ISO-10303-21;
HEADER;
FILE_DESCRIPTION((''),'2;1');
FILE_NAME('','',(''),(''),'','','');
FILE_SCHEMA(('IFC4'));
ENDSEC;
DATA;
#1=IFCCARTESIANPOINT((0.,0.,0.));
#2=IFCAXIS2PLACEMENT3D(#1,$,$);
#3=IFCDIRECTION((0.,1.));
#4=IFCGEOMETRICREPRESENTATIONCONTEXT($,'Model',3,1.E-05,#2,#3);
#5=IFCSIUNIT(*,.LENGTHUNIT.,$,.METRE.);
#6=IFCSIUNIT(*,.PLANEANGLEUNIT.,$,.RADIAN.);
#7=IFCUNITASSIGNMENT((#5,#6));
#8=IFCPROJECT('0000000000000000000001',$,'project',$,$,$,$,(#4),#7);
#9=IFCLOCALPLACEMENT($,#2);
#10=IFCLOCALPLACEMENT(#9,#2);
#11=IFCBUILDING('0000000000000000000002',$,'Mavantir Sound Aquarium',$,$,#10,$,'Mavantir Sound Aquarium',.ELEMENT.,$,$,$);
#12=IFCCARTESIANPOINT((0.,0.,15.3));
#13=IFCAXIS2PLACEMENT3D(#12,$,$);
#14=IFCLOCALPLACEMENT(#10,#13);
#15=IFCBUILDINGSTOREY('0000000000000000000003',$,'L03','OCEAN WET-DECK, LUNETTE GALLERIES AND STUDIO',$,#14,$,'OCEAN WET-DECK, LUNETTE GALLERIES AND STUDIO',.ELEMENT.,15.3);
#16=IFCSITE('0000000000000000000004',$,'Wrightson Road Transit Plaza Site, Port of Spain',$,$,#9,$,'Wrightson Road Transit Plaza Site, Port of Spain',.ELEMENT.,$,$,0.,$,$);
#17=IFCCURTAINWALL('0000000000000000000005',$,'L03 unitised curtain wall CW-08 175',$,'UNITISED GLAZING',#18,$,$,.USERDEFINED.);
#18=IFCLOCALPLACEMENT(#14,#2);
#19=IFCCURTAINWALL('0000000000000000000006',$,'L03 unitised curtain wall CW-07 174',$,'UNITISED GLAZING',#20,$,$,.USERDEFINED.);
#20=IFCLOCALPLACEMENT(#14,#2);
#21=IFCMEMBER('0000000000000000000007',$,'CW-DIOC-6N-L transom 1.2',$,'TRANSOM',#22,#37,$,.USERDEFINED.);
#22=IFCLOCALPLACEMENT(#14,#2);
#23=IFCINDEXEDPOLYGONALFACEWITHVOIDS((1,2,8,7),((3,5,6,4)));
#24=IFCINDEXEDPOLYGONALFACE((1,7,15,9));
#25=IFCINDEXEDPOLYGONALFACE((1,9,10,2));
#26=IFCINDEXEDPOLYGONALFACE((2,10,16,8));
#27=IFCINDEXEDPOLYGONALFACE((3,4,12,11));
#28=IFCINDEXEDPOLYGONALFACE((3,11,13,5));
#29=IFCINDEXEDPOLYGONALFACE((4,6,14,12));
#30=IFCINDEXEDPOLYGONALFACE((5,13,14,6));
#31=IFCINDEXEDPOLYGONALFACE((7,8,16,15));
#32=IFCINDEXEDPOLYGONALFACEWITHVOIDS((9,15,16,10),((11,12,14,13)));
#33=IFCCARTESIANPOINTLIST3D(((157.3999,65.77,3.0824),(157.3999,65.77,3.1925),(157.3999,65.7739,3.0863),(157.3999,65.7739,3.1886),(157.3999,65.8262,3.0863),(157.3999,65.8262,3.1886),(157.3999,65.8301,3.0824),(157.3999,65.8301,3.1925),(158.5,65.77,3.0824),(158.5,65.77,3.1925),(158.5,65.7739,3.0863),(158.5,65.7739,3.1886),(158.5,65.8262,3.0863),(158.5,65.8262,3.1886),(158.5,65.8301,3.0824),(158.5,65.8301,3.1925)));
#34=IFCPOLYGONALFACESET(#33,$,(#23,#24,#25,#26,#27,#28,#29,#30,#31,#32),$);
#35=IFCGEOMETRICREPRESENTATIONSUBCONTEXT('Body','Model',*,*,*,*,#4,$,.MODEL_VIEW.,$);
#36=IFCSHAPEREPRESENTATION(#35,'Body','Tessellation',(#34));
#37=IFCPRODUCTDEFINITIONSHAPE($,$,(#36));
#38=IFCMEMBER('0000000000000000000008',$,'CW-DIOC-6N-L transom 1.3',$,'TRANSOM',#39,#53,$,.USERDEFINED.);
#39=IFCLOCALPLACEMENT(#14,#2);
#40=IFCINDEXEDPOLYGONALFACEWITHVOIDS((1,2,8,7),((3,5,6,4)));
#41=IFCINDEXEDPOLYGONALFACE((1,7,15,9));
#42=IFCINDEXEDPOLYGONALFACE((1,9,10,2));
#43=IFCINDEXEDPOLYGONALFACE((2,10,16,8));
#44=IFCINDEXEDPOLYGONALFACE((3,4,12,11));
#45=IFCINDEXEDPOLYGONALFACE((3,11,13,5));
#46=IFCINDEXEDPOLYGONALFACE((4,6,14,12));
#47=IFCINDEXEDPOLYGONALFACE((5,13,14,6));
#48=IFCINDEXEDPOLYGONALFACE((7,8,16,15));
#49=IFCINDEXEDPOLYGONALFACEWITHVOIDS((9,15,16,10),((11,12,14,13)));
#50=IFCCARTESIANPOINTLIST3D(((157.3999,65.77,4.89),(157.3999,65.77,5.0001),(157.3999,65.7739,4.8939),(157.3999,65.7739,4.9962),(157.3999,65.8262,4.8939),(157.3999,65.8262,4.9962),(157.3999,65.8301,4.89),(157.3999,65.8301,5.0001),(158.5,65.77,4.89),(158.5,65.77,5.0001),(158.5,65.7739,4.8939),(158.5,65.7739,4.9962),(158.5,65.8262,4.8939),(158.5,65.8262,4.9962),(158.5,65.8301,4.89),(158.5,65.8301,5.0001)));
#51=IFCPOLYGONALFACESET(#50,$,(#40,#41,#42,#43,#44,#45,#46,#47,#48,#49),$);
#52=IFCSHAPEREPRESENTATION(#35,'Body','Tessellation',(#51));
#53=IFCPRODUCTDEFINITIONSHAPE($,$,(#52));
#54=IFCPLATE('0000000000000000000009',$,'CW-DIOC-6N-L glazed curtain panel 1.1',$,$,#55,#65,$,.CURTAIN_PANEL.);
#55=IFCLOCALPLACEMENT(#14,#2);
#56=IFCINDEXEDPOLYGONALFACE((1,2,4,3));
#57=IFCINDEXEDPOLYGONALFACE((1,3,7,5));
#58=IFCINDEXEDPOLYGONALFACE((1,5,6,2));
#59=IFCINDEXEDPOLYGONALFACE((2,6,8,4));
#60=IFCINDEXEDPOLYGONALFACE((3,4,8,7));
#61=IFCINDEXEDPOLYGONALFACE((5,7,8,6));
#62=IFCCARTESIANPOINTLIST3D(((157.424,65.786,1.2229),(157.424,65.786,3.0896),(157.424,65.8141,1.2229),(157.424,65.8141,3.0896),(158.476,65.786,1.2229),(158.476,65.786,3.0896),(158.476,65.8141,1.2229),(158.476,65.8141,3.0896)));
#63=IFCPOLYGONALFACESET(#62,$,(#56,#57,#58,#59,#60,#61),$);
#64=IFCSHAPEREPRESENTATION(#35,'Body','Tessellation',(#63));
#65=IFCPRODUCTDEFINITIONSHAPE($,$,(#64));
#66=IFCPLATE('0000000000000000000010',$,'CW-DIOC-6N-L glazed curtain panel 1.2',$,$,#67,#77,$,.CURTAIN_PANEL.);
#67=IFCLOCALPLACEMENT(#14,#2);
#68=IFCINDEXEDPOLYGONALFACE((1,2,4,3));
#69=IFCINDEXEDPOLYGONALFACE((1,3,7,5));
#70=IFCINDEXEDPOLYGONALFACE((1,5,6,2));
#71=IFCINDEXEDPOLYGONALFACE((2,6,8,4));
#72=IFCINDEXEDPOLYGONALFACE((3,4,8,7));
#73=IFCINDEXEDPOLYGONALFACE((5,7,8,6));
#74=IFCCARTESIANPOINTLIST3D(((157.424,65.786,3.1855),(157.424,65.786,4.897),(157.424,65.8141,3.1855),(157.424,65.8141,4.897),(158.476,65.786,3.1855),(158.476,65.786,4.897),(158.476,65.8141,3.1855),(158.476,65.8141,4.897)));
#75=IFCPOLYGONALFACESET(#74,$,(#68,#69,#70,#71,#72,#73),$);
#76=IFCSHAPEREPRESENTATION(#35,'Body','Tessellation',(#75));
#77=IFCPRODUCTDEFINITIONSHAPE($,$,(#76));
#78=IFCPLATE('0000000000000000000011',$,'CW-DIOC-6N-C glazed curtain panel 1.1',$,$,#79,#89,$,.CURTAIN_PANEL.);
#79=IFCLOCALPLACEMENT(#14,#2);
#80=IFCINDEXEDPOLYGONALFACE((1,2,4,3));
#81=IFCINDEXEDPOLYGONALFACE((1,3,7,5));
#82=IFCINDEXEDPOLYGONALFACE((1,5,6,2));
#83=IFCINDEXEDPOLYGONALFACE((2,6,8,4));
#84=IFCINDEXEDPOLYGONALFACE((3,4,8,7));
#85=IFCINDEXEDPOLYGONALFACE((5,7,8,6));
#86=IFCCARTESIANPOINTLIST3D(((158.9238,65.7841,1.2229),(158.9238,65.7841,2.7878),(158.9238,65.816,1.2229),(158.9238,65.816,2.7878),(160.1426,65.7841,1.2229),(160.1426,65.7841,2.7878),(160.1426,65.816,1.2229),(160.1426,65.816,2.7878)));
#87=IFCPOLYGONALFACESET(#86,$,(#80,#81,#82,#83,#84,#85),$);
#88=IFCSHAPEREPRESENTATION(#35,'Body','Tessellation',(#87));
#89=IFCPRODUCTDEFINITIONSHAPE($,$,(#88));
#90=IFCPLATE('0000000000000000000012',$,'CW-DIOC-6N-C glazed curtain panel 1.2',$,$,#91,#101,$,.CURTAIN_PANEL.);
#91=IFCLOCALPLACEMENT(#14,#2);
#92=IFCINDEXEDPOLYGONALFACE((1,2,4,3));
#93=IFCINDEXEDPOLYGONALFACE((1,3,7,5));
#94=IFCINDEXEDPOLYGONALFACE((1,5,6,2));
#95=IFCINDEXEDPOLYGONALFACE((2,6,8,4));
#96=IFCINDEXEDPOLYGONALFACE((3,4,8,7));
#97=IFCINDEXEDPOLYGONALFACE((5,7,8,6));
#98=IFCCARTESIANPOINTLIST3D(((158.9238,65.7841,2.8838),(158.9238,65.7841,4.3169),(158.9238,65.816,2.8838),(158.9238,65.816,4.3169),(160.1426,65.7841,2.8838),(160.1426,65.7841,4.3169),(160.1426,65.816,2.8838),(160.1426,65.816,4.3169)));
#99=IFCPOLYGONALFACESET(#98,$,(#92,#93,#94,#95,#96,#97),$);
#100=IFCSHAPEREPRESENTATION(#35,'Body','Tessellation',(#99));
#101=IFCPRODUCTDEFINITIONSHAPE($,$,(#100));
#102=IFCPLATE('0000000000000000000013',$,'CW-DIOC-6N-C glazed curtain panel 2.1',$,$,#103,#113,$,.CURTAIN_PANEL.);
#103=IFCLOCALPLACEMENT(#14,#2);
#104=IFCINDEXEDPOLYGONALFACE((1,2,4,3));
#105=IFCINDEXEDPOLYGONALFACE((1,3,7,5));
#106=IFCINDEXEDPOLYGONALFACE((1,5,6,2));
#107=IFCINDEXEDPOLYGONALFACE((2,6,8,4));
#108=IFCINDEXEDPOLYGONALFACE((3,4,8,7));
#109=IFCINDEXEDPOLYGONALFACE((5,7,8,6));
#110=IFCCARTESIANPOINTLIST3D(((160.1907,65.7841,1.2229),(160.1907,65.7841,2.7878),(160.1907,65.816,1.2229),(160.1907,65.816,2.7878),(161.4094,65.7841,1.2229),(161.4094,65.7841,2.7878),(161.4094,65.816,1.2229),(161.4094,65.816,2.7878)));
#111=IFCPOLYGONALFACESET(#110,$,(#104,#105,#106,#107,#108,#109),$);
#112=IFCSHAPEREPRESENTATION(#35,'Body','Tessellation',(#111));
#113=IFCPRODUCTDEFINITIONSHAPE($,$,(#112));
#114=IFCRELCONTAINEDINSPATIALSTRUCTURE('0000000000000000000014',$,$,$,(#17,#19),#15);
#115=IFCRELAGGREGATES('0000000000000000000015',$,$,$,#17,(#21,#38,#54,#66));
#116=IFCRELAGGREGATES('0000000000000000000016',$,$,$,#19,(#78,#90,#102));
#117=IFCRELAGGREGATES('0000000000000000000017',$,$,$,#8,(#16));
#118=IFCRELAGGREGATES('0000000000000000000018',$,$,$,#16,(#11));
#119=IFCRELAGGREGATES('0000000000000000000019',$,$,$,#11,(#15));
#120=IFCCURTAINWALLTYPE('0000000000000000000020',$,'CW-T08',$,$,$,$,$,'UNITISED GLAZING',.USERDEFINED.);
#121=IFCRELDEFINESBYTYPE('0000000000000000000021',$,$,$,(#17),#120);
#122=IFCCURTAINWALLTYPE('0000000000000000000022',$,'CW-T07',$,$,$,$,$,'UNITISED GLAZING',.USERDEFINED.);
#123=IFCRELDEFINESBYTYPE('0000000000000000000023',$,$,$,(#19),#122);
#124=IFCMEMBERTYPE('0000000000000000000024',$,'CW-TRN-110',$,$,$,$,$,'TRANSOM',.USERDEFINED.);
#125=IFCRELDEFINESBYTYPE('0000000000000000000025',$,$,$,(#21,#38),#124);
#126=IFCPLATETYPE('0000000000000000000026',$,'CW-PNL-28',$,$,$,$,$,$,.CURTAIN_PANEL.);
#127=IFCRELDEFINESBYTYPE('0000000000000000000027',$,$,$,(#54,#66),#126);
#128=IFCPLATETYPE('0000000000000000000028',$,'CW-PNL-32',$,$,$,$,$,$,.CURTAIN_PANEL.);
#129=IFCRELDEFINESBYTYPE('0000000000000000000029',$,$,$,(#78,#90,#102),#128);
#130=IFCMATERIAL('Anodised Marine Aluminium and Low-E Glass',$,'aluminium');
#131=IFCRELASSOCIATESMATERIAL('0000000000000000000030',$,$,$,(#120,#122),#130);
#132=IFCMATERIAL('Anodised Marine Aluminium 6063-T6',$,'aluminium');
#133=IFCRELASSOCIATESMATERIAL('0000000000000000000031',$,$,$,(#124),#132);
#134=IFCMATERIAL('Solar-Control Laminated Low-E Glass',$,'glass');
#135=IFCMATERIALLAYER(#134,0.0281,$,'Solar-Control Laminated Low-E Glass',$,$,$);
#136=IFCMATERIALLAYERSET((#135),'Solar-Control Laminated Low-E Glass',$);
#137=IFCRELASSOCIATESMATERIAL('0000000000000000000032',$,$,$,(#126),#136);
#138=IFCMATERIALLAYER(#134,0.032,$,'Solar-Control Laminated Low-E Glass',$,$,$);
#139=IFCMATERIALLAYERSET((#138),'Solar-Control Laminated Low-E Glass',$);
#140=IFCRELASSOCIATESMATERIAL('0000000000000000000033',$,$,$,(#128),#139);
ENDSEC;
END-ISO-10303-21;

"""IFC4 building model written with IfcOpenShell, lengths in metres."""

from ifc_helpers import new_model, si_unit, direction, frame, origin, origin_2d, place, context, subcontext, project, spatial, rectangle, hollow_rectangle, extrude, material, layer, layer_set, material_profile, profile_set, type_object, element, aggregate, save


model = new_model("IFC4")

# Units and contexts
model_context = context("Model", 3, precision=1e-05, world=origin(), true_north=direction((0.0, 1.0)))
body_context = subcontext(model_context, "Body", "Model", "MODEL_VIEW")
ifc_project = project(units=[si_unit("LENGTHUNIT", "METRE"), si_unit("PLANEANGLEUNIT", "RADIAN")], contexts=[model_context])

# Site, building, storey
site_placement = place(None, origin())
site = spatial("IfcSite", under=ifc_project, at=site_placement, Name="Wrightson Road Transit Plaza Site, Port of Spain", LongName="Wrightson Road Transit Plaza Site, Port of Spain", CompositionType="ELEMENT", RefElevation=0.0)
building_placement = place(site_placement, origin())
building = spatial("IfcBuilding", under=site, at=building_placement, Name="Mavantir Sound Aquarium", LongName="Mavantir Sound Aquarium", CompositionType="ELEMENT")
storey_placement = place(building_placement, frame((0.0, 0.0, 15.3)))
storey = spatial("IfcBuildingStorey", under=building, at=storey_placement, Name="L03", Description="OCEAN WET-DECK, LUNETTE GALLERIES AND STUDIO", LongName="OCEAN WET-DECK, LUNETTE GALLERIES AND STUDIO", CompositionType="ELEMENT", Elevation=15.3)

# Curtain walls
ifc_material_1 = material(Name="Anodised Marine Aluminium and Low-E Glass", Category="aluminium")
curtain_wall_type_1 = type_object("IfcCurtainWallType", Name="CW-T08", ElementType="UNITISED GLAZING", PredefinedType="USERDEFINED", material=ifc_material_1)
curtain_wall_1_placement = place(storey_placement, origin())
curtain_wall_1 = element("IfcCurtainWall", 1, at=curtain_wall_1_placement, inside=storey, type_object=curtain_wall_type_1, Name="L03 unitised curtain wall CW-08 175", ObjectType="UNITISED GLAZING", PredefinedType="USERDEFINED")
ifc_material_2 = material(Name="Anodised Marine Aluminium 6063-T6", Category="aluminium")
curtain_wall_type_2 = type_object("IfcCurtainWallType", Name="CW-T07", ElementType="UNITISED GLAZING", PredefinedType="USERDEFINED", material=ifc_material_1)
curtain_wall_2_placement = place(storey_placement, origin())
curtain_wall_2 = element("IfcCurtainWall", 2, at=curtain_wall_2_placement, inside=storey, type_object=curtain_wall_type_2, Name="L03 unitised curtain wall CW-07 174", ObjectType="UNITISED GLAZING", PredefinedType="USERDEFINED")
ifc_material_profile_1 = material_profile(ifc_material_2, hollow_rectangle(XDim=0.0601, YDim=0.1101, WallThickness=0.0039, at=origin_2d()), Name="ALU-TRANSOM-110X60")
ifc_profile_set_1 = profile_set([ifc_material_profile_1], Name="Anodised Marine Aluminium 6063-T6")
member_type_1 = type_object("IfcMemberType", Name="CW-TRN-110", ElementType="TRANSOM", PredefinedType="USERDEFINED", material=ifc_profile_set_1)

# Members
member_1_placement = place(storey_placement, frame((157.3999, 65.8, 3.1375), z_axis=(1.0, 0.0, 0.0), x_axis=(0.0, 1.0, 0.0)))
member_1 = element("IfcMember", 3, at=member_1_placement, type_object=member_type_1, Name="CW-DIOC-6N-L transom 1.2", ObjectType="TRANSOM", PredefinedType="USERDEFINED", context=body_context, shape_type="SweptSolid", body=[
    extrude(hollow_rectangle(XDim=0.0601, YDim=0.1101, WallThickness=0.0039, at=origin_2d()), origin(), (0.0, 0.0, 1.0), 1.1001),
])
member_2_placement = place(storey_placement, frame((157.3999, 65.8, 4.9451), z_axis=(1.0, 0.0, 0.0), x_axis=(0.0, 1.0, 0.0)))
member_2 = element("IfcMember", 4, at=member_2_placement, type_object=member_type_1, Name="CW-DIOC-6N-L transom 1.3", ObjectType="TRANSOM", PredefinedType="USERDEFINED", context=body_context, shape_type="SweptSolid", body=[
    extrude(hollow_rectangle(XDim=0.0601, YDim=0.1101, WallThickness=0.0039, at=origin_2d()), origin(), (0.0, 0.0, 1.0), 1.1001),
])

# Plates
ifc_material_3 = material(Name="Solar-Control Laminated Low-E Glass", Category="glass")
ifc_layer_1 = layer(ifc_material_3, 0.0281, Name="Solar-Control Laminated Low-E Glass")
ifc_layer_set_1 = layer_set([ifc_layer_1], Name="Solar-Control Laminated Low-E Glass")
plate_type_1 = type_object("IfcPlateType", Name="CW-PNL-28", PredefinedType="CURTAIN_PANEL", material=ifc_layer_set_1)
plate_1_placement = place(storey_placement, frame((157.95, 65.8, 1.2229), z_axis=(0.0, 0.0, 1.0), x_axis=(1.0, 0.0, 0.0)))
plate_1 = element("IfcPlate", 5, at=plate_1_placement, type_object=plate_type_1, Name="CW-DIOC-6N-L glazed curtain panel 1.1", PredefinedType="CURTAIN_PANEL", context=body_context, shape_type="SweptSolid", body=[
    extrude(rectangle(XDim=1.052, YDim=0.0281, at=origin_2d()), origin(), (0.0, 0.0, 1.0), 1.8667),
])
plate_2_placement = place(storey_placement, frame((157.95, 65.8, 3.1855), z_axis=(0.0, 0.0, 1.0), x_axis=(1.0, 0.0, 0.0)))
plate_2 = element("IfcPlate", 6, at=plate_2_placement, type_object=plate_type_1, Name="CW-DIOC-6N-L glazed curtain panel 1.2", PredefinedType="CURTAIN_PANEL", context=body_context, shape_type="SweptSolid", body=[
    extrude(rectangle(XDim=1.052, YDim=0.0281, at=origin_2d()), origin(), (0.0, 0.0, 1.0), 1.7114),
])
aggregate(curtain_wall_1, [member_1, member_2, plate_1, plate_2])
ifc_layer_2 = layer(ifc_material_3, 0.032, Name="Solar-Control Laminated Low-E Glass")
ifc_layer_set_2 = layer_set([ifc_layer_2], Name="Solar-Control Laminated Low-E Glass")
plate_type_2 = type_object("IfcPlateType", Name="CW-PNL-32", PredefinedType="CURTAIN_PANEL", material=ifc_layer_set_2)
plate_3_placement = place(storey_placement, frame((159.5332, 65.8, 1.2229), z_axis=(0.0, 0.0, 1.0), x_axis=(1.0, 0.0, 0.0)))
plate_3 = element("IfcPlate", 7, at=plate_3_placement, type_object=plate_type_2, Name="CW-DIOC-6N-C glazed curtain panel 1.1", PredefinedType="CURTAIN_PANEL", context=body_context, shape_type="SweptSolid", body=[
    extrude(rectangle(XDim=1.2188, YDim=0.032, at=origin_2d()), origin(), (0.0, 0.0, 1.0), 1.5649),
])
plate_4_placement = place(storey_placement, frame((159.5332, 65.8, 2.8838), z_axis=(0.0, 0.0, 1.0), x_axis=(1.0, 0.0, 0.0)))
plate_4 = element("IfcPlate", 8, at=plate_4_placement, type_object=plate_type_2, Name="CW-DIOC-6N-C glazed curtain panel 1.2", PredefinedType="CURTAIN_PANEL", context=body_context, shape_type="SweptSolid", body=[
    extrude(rectangle(XDim=1.2188, YDim=0.032, at=origin_2d()), origin(), (0.0, 0.0, 1.0), 1.4331),
])
plate_5_placement = place(storey_placement, frame((160.8, 65.8, 1.2229), z_axis=(0.0, 0.0, 1.0), x_axis=(1.0, 0.0, 0.0)))
plate_5 = element("IfcPlate", 9, at=plate_5_placement, type_object=plate_type_2, Name="CW-DIOC-6N-C glazed curtain panel 2.1", PredefinedType="CURTAIN_PANEL", context=body_context, shape_type="SweptSolid", body=[
    extrude(rectangle(XDim=1.2188, YDim=0.032, at=origin_2d()), origin(), (0.0, 0.0, 1.0), 1.5649),
])
aggregate(curtain_wall_2, [plate_3, plate_4, plate_5])

save(model, "model.ifc")
